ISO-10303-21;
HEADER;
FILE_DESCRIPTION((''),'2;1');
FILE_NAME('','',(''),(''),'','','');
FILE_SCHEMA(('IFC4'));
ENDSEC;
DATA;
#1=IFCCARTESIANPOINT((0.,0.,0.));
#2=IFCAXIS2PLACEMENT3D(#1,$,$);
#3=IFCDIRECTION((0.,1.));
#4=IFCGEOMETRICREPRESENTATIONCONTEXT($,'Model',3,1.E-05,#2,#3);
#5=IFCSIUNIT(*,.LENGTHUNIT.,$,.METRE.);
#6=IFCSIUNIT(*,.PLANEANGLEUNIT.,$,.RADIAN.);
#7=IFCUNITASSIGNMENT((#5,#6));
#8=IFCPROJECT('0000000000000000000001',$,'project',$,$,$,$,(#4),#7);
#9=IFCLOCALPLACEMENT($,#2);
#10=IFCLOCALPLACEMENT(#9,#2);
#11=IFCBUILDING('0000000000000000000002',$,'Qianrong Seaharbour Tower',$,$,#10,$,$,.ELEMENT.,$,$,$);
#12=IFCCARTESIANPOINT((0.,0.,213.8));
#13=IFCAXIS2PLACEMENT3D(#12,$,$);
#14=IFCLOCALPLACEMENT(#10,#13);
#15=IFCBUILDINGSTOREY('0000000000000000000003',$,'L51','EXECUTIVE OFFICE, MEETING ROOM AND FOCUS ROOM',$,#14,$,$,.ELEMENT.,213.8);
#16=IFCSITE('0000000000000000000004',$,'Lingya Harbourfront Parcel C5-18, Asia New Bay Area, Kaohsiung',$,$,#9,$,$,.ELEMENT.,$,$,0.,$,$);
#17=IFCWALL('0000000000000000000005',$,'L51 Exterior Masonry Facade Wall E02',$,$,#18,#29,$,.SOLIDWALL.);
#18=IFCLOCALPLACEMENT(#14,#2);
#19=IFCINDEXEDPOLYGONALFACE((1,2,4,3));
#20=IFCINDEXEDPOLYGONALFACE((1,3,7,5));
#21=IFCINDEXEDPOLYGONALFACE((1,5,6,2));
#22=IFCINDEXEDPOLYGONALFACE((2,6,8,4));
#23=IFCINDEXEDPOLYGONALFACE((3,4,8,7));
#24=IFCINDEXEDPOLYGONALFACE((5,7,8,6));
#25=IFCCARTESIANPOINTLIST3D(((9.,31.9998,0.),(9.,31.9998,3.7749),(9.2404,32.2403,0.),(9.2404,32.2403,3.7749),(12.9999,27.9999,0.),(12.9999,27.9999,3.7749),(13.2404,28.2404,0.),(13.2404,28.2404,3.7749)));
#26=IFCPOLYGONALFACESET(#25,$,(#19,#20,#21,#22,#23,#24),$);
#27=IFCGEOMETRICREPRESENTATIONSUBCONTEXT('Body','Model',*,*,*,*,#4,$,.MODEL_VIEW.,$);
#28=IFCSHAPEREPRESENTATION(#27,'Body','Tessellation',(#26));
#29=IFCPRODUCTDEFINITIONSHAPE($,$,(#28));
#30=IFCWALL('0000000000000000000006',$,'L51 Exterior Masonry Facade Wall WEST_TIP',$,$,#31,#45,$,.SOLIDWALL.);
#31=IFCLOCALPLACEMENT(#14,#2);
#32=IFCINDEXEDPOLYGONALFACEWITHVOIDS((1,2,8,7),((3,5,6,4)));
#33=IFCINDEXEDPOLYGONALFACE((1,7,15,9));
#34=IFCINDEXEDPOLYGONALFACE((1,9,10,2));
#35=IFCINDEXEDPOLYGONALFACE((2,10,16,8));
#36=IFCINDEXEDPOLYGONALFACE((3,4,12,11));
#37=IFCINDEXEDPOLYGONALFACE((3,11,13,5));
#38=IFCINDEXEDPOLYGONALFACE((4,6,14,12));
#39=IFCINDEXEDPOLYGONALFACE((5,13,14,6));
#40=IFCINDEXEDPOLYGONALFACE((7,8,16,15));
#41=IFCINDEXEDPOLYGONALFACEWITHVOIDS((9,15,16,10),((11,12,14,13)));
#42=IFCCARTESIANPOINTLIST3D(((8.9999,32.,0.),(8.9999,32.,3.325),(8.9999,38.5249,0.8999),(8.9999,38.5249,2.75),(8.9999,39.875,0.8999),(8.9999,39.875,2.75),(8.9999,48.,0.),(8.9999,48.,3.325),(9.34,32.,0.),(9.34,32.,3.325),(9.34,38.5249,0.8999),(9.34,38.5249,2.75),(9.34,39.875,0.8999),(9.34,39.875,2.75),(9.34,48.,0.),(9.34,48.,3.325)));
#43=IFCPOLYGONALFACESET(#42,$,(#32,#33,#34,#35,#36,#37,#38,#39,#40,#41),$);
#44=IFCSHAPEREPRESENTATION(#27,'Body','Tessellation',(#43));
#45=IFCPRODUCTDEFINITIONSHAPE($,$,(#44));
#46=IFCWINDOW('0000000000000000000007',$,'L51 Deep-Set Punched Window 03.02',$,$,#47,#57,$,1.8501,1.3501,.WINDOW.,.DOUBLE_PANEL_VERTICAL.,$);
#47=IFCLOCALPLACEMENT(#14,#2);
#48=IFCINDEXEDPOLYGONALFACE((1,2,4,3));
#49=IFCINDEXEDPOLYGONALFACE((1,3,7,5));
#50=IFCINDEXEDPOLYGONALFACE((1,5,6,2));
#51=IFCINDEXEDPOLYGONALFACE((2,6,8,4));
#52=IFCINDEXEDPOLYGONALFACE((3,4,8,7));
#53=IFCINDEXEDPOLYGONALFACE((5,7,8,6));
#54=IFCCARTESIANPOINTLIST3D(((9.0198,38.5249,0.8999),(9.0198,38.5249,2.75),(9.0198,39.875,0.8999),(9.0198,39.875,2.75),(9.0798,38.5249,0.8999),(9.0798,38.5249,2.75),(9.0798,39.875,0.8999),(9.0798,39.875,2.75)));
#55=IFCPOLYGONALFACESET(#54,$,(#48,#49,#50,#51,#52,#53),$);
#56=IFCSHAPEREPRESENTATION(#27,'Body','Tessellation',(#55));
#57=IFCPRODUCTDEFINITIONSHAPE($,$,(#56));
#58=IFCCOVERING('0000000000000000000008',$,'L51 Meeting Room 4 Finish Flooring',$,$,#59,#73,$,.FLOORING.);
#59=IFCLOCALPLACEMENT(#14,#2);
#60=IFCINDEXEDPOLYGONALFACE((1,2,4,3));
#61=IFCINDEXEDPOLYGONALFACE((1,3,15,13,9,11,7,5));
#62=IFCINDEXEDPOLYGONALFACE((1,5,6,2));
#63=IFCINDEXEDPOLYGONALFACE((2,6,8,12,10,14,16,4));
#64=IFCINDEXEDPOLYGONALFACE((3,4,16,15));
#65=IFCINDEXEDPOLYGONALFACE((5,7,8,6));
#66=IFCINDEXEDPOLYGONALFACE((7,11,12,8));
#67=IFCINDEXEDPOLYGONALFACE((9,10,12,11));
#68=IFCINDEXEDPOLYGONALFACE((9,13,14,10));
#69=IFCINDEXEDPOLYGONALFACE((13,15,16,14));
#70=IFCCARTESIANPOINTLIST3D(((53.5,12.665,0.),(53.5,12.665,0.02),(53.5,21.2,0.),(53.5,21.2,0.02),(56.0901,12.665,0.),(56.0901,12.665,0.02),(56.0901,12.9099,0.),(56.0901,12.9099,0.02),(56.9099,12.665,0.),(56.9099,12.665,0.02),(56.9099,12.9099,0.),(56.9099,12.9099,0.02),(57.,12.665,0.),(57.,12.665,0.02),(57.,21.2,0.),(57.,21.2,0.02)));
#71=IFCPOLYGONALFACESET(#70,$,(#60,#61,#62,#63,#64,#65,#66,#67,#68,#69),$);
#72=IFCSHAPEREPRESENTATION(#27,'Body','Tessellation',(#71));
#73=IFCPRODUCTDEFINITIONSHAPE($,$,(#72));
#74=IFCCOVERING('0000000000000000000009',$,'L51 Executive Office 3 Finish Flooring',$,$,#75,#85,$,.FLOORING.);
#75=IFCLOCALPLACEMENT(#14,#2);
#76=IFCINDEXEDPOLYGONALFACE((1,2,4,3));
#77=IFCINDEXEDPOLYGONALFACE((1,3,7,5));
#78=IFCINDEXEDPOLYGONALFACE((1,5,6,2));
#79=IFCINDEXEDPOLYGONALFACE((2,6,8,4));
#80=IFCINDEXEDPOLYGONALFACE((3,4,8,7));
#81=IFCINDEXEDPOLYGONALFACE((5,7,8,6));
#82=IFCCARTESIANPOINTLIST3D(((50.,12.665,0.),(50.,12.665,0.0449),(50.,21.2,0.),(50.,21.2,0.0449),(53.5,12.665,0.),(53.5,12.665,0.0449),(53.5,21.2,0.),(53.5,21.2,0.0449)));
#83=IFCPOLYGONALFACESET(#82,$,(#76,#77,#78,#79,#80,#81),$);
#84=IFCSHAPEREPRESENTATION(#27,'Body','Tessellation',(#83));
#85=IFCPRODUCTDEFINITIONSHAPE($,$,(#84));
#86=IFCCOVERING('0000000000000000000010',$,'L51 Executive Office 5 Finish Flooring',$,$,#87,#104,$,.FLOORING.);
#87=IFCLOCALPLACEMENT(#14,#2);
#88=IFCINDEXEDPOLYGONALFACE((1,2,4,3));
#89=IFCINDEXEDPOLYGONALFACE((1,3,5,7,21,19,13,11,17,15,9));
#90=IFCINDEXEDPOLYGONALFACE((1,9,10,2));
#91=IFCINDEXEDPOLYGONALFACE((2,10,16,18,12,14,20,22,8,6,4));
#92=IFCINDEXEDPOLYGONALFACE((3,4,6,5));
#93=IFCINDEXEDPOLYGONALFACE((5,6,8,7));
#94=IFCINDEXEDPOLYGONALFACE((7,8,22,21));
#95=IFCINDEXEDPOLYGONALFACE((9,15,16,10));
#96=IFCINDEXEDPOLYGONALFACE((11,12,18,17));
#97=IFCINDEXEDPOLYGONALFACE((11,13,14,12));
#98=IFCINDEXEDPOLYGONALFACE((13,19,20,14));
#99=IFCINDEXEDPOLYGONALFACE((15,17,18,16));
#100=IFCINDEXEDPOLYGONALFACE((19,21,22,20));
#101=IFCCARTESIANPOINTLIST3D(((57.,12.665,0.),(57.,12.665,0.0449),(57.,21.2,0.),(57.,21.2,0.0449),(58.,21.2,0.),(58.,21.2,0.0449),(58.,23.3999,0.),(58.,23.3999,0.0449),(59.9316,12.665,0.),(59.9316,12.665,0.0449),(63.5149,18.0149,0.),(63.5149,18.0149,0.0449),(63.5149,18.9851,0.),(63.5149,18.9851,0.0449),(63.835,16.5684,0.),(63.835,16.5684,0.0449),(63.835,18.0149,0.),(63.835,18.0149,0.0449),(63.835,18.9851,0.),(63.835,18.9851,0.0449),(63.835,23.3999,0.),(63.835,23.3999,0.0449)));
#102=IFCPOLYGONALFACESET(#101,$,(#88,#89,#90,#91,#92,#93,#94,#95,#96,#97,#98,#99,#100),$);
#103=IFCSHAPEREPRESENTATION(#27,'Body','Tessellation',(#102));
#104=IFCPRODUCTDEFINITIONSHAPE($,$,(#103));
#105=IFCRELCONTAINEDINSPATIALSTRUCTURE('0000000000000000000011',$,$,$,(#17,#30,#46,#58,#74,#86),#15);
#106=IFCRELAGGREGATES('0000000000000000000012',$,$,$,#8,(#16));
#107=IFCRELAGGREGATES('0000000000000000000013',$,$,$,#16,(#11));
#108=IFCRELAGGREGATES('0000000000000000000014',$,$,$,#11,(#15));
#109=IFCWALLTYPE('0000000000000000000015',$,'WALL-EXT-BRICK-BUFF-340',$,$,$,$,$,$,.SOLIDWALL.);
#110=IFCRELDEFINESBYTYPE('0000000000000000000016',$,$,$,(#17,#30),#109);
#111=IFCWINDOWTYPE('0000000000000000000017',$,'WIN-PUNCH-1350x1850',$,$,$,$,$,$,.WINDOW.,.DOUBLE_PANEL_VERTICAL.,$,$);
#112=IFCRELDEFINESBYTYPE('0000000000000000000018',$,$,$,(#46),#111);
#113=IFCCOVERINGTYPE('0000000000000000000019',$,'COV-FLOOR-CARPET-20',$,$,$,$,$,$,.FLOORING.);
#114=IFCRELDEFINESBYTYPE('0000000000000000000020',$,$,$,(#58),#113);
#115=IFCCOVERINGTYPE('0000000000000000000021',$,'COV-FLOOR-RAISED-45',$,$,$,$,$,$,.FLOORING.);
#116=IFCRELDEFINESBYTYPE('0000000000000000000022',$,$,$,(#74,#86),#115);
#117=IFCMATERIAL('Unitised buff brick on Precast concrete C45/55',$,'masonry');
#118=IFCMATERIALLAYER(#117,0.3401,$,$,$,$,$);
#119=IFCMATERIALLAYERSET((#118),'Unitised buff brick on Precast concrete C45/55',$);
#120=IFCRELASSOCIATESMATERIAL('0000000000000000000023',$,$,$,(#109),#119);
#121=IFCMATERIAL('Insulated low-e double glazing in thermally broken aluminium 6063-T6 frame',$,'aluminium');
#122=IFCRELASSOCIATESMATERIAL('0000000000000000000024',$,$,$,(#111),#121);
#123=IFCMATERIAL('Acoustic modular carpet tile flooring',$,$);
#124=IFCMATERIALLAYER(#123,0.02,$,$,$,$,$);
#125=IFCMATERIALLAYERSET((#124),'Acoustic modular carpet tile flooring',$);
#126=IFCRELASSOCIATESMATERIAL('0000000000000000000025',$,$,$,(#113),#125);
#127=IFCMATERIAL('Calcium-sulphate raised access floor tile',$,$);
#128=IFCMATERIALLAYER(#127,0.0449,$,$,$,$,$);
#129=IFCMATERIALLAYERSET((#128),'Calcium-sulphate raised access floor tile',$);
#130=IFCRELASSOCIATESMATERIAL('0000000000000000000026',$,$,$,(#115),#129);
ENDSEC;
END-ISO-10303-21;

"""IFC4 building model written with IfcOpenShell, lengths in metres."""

from ifc_helpers import new_model, si_unit, direction, frame, frame_2d, origin, place, context, subcontext, project, spatial, polyline, rectangle, outline, extrude, material, layer, layer_set, type_object, element, fill, save


model = new_model("IFC4")

# Units and contexts
model_context = context("Model", 3, precision=1e-05, world=origin(), true_north=direction((0.0, 1.0)))
body_context = subcontext(model_context, "Body", "Model", "MODEL_VIEW")
ifc_project = project(units=[si_unit("LENGTHUNIT", "METRE"), si_unit("PLANEANGLEUNIT", "RADIAN")], contexts=[model_context])

# Site, building, storey
site_placement = place(None, origin())
site = spatial("IfcSite", under=ifc_project, at=site_placement, Name="Lingya Harbourfront Parcel C5-18, Asia New Bay Area, Kaohsiung", CompositionType="ELEMENT", RefElevation=0.0)
building_placement = place(site_placement, origin())
building = spatial("IfcBuilding", under=site, at=building_placement, Name="Qianrong Seaharbour Tower", CompositionType="ELEMENT")
storey_placement = place(building_placement, frame((0.0, 0.0, 213.8)))
storey = spatial("IfcBuildingStorey", under=building, at=storey_placement, Name="L51", Description="EXECUTIVE OFFICE, MEETING ROOM AND FOCUS ROOM", CompositionType="ELEMENT", Elevation=213.8)

# Wall
ifc_material_1 = material(Name="Unitised buff brick on Precast concrete C45/55", Category="masonry")
ifc_layer_1 = layer(ifc_material_1, 0.3401)
ifc_layer_set_1 = layer_set([ifc_layer_1], Name="Unitised buff brick on Precast concrete C45/55")
wall_type_1 = type_object("IfcWallType", Name="WALL-EXT-BRICK-BUFF-340", PredefinedType="SOLIDWALL", material=ifc_layer_set_1)
wall_1_placement = place(storey_placement, frame((13.1201, 28.1201, 0.0), z_axis=(0.0, 0.0, 1.0), x_axis=(-0.707107, 0.707107, 0.0)))
element("IfcWall", 1, at=wall_1_placement, inside=storey, type_object=wall_type_1, Name="L51 Exterior Masonry Facade Wall E02", PredefinedType="SOLIDWALL", context=body_context, shape_type="SweptSolid", body=[
    extrude(rectangle(XDim=5.6567, YDim=0.3401, at=frame_2d((2.8284, 0.0))), origin(), (0.0, 0.0, 1.0), 3.7749),
])

# Wall, opening, window
wall_2_placement = place(storey_placement, frame((9.1699, 32.0, 0.0), z_axis=(0.0, 0.0, 1.0), x_axis=(0.0, 1.0, 0.0)))
wall_2 = element("IfcWall", 2, at=wall_2_placement, inside=storey, type_object=wall_type_1, Name="L51 Exterior Masonry Facade Wall WEST_TIP", PredefinedType="SOLIDWALL", context=body_context, shape_type="SweptSolid", body=[
    extrude(rectangle(XDim=16.0, YDim=0.3401, at=frame_2d((8.0, 0.0))), origin(), (0.0, 0.0, 1.0), 3.325),
])
opening_1_placement = place(wall_2_placement, frame((6.5249, 0.0, 0.8999)))
opening_1 = element("IfcOpeningElement", 3, at=opening_1_placement, cuts=wall_2, PredefinedType="OPENING", context=body_context, shape_type="SweptSolid", body=[
    extrude(rectangle(XDim=1.3501, YDim=1.8501, at=frame_2d((0.675, 0.925))), frame((0.0, 0.1802, 0.0), z_axis=(0.0, -1.0, 0.0), x_axis=(1.0, 0.0, 0.0)), (0.0, 0.0, 1.0), 0.3601),
])
ifc_material_2 = material(Name="Insulated low-e double glazing in thermally broken aluminium 6063-T6 frame", Category="aluminium")
window_type = type_object("IfcWindowType", Name="WIN-PUNCH-1350x1850", PartitioningType="DOUBLE_PANEL_VERTICAL", PredefinedType="WINDOW", material=ifc_material_2)
window_placement = place(opening_1_placement, origin())
window = element("IfcWindow", 4, at=window_placement, inside=storey, type_object=window_type, Name="L51 Deep-Set Punched Window 03.02", OverallHeight=1.8501, OverallWidth=1.3501, PartitioningType="DOUBLE_PANEL_VERTICAL", PredefinedType="WINDOW", context=body_context, shape_type="SweptSolid", body=[
    extrude(rectangle(XDim=1.3501, YDim=1.8501, at=frame_2d((0.675, 0.925))), frame((0.0, 0.1501, 0.0), z_axis=(0.0, -1.0, 0.0), x_axis=(1.0, 0.0, 0.0)), (0.0, 0.0, 1.0), 0.0601),
])
fill(opening_1, window)

# Coverings
ifc_material_3 = material(Name="Acoustic modular carpet tile flooring")
ifc_layer_2 = layer(ifc_material_3, 0.02)
ifc_layer_set_2 = layer_set([ifc_layer_2], Name="Acoustic modular carpet tile flooring")
covering_type_1 = type_object("IfcCoveringType", Name="COV-FLOOR-CARPET-20", PredefinedType="FLOORING", material=ifc_layer_set_2)
covering_1_placement = place(storey_placement, origin())
element("IfcCovering", 5, at=covering_1_placement, inside=storey, type_object=covering_type_1, Name="L51 Meeting Room 4 Finish Flooring", PredefinedType="FLOORING", context=body_context, shape_type="SweptSolid", body=[
    extrude(outline(polyline([(56.9099, 12.665), (56.9099, 12.9099), (56.0901, 12.9099), (56.0901, 12.665), (53.5, 12.665), (53.5, 21.2), (57.0, 21.2), (57.0, 12.665), (56.9099, 12.665)])), origin(), (0.0, 0.0, 1.0), 0.02),
])
ifc_material_4 = material(Name="Calcium-sulphate raised access floor tile")
ifc_layer_3 = layer(ifc_material_4, 0.0449)
ifc_layer_set_3 = layer_set([ifc_layer_3], Name="Calcium-sulphate raised access floor tile")
covering_type_2 = type_object("IfcCoveringType", Name="COV-FLOOR-RAISED-45", PredefinedType="FLOORING", material=ifc_layer_set_3)
covering_2_placement = place(storey_placement, origin())
element("IfcCovering", 6, at=covering_2_placement, inside=storey, type_object=covering_type_2, Name="L51 Executive Office 3 Finish Flooring", PredefinedType="FLOORING", context=body_context, shape_type="SweptSolid", body=[
    extrude(outline(polyline([(50.0, 12.665), (50.0, 21.2), (53.5, 21.2), (53.5, 12.665), (50.0, 12.665)])), origin(), (0.0, 0.0, 1.0), 0.0449),
])
covering_3_placement = place(storey_placement, origin())
element("IfcCovering", 7, at=covering_3_placement, inside=storey, type_object=covering_type_2, Name="L51 Executive Office 5 Finish Flooring", PredefinedType="FLOORING", context=body_context, shape_type="SweptSolid", body=[
    extrude(outline(polyline([(59.9316, 12.665), (57.0, 12.665), (57.0, 21.2), (58.0, 21.2), (58.0, 23.3999), (63.835, 23.3999), (63.835, 18.9851), (63.5149, 18.9851), (63.5149, 18.0149), (63.835, 18.0149), (63.835, 16.5684), (59.9316, 12.665)])), origin(), (0.0, 0.0, 1.0), 0.0449),
])

save(model, "model.ifc")
